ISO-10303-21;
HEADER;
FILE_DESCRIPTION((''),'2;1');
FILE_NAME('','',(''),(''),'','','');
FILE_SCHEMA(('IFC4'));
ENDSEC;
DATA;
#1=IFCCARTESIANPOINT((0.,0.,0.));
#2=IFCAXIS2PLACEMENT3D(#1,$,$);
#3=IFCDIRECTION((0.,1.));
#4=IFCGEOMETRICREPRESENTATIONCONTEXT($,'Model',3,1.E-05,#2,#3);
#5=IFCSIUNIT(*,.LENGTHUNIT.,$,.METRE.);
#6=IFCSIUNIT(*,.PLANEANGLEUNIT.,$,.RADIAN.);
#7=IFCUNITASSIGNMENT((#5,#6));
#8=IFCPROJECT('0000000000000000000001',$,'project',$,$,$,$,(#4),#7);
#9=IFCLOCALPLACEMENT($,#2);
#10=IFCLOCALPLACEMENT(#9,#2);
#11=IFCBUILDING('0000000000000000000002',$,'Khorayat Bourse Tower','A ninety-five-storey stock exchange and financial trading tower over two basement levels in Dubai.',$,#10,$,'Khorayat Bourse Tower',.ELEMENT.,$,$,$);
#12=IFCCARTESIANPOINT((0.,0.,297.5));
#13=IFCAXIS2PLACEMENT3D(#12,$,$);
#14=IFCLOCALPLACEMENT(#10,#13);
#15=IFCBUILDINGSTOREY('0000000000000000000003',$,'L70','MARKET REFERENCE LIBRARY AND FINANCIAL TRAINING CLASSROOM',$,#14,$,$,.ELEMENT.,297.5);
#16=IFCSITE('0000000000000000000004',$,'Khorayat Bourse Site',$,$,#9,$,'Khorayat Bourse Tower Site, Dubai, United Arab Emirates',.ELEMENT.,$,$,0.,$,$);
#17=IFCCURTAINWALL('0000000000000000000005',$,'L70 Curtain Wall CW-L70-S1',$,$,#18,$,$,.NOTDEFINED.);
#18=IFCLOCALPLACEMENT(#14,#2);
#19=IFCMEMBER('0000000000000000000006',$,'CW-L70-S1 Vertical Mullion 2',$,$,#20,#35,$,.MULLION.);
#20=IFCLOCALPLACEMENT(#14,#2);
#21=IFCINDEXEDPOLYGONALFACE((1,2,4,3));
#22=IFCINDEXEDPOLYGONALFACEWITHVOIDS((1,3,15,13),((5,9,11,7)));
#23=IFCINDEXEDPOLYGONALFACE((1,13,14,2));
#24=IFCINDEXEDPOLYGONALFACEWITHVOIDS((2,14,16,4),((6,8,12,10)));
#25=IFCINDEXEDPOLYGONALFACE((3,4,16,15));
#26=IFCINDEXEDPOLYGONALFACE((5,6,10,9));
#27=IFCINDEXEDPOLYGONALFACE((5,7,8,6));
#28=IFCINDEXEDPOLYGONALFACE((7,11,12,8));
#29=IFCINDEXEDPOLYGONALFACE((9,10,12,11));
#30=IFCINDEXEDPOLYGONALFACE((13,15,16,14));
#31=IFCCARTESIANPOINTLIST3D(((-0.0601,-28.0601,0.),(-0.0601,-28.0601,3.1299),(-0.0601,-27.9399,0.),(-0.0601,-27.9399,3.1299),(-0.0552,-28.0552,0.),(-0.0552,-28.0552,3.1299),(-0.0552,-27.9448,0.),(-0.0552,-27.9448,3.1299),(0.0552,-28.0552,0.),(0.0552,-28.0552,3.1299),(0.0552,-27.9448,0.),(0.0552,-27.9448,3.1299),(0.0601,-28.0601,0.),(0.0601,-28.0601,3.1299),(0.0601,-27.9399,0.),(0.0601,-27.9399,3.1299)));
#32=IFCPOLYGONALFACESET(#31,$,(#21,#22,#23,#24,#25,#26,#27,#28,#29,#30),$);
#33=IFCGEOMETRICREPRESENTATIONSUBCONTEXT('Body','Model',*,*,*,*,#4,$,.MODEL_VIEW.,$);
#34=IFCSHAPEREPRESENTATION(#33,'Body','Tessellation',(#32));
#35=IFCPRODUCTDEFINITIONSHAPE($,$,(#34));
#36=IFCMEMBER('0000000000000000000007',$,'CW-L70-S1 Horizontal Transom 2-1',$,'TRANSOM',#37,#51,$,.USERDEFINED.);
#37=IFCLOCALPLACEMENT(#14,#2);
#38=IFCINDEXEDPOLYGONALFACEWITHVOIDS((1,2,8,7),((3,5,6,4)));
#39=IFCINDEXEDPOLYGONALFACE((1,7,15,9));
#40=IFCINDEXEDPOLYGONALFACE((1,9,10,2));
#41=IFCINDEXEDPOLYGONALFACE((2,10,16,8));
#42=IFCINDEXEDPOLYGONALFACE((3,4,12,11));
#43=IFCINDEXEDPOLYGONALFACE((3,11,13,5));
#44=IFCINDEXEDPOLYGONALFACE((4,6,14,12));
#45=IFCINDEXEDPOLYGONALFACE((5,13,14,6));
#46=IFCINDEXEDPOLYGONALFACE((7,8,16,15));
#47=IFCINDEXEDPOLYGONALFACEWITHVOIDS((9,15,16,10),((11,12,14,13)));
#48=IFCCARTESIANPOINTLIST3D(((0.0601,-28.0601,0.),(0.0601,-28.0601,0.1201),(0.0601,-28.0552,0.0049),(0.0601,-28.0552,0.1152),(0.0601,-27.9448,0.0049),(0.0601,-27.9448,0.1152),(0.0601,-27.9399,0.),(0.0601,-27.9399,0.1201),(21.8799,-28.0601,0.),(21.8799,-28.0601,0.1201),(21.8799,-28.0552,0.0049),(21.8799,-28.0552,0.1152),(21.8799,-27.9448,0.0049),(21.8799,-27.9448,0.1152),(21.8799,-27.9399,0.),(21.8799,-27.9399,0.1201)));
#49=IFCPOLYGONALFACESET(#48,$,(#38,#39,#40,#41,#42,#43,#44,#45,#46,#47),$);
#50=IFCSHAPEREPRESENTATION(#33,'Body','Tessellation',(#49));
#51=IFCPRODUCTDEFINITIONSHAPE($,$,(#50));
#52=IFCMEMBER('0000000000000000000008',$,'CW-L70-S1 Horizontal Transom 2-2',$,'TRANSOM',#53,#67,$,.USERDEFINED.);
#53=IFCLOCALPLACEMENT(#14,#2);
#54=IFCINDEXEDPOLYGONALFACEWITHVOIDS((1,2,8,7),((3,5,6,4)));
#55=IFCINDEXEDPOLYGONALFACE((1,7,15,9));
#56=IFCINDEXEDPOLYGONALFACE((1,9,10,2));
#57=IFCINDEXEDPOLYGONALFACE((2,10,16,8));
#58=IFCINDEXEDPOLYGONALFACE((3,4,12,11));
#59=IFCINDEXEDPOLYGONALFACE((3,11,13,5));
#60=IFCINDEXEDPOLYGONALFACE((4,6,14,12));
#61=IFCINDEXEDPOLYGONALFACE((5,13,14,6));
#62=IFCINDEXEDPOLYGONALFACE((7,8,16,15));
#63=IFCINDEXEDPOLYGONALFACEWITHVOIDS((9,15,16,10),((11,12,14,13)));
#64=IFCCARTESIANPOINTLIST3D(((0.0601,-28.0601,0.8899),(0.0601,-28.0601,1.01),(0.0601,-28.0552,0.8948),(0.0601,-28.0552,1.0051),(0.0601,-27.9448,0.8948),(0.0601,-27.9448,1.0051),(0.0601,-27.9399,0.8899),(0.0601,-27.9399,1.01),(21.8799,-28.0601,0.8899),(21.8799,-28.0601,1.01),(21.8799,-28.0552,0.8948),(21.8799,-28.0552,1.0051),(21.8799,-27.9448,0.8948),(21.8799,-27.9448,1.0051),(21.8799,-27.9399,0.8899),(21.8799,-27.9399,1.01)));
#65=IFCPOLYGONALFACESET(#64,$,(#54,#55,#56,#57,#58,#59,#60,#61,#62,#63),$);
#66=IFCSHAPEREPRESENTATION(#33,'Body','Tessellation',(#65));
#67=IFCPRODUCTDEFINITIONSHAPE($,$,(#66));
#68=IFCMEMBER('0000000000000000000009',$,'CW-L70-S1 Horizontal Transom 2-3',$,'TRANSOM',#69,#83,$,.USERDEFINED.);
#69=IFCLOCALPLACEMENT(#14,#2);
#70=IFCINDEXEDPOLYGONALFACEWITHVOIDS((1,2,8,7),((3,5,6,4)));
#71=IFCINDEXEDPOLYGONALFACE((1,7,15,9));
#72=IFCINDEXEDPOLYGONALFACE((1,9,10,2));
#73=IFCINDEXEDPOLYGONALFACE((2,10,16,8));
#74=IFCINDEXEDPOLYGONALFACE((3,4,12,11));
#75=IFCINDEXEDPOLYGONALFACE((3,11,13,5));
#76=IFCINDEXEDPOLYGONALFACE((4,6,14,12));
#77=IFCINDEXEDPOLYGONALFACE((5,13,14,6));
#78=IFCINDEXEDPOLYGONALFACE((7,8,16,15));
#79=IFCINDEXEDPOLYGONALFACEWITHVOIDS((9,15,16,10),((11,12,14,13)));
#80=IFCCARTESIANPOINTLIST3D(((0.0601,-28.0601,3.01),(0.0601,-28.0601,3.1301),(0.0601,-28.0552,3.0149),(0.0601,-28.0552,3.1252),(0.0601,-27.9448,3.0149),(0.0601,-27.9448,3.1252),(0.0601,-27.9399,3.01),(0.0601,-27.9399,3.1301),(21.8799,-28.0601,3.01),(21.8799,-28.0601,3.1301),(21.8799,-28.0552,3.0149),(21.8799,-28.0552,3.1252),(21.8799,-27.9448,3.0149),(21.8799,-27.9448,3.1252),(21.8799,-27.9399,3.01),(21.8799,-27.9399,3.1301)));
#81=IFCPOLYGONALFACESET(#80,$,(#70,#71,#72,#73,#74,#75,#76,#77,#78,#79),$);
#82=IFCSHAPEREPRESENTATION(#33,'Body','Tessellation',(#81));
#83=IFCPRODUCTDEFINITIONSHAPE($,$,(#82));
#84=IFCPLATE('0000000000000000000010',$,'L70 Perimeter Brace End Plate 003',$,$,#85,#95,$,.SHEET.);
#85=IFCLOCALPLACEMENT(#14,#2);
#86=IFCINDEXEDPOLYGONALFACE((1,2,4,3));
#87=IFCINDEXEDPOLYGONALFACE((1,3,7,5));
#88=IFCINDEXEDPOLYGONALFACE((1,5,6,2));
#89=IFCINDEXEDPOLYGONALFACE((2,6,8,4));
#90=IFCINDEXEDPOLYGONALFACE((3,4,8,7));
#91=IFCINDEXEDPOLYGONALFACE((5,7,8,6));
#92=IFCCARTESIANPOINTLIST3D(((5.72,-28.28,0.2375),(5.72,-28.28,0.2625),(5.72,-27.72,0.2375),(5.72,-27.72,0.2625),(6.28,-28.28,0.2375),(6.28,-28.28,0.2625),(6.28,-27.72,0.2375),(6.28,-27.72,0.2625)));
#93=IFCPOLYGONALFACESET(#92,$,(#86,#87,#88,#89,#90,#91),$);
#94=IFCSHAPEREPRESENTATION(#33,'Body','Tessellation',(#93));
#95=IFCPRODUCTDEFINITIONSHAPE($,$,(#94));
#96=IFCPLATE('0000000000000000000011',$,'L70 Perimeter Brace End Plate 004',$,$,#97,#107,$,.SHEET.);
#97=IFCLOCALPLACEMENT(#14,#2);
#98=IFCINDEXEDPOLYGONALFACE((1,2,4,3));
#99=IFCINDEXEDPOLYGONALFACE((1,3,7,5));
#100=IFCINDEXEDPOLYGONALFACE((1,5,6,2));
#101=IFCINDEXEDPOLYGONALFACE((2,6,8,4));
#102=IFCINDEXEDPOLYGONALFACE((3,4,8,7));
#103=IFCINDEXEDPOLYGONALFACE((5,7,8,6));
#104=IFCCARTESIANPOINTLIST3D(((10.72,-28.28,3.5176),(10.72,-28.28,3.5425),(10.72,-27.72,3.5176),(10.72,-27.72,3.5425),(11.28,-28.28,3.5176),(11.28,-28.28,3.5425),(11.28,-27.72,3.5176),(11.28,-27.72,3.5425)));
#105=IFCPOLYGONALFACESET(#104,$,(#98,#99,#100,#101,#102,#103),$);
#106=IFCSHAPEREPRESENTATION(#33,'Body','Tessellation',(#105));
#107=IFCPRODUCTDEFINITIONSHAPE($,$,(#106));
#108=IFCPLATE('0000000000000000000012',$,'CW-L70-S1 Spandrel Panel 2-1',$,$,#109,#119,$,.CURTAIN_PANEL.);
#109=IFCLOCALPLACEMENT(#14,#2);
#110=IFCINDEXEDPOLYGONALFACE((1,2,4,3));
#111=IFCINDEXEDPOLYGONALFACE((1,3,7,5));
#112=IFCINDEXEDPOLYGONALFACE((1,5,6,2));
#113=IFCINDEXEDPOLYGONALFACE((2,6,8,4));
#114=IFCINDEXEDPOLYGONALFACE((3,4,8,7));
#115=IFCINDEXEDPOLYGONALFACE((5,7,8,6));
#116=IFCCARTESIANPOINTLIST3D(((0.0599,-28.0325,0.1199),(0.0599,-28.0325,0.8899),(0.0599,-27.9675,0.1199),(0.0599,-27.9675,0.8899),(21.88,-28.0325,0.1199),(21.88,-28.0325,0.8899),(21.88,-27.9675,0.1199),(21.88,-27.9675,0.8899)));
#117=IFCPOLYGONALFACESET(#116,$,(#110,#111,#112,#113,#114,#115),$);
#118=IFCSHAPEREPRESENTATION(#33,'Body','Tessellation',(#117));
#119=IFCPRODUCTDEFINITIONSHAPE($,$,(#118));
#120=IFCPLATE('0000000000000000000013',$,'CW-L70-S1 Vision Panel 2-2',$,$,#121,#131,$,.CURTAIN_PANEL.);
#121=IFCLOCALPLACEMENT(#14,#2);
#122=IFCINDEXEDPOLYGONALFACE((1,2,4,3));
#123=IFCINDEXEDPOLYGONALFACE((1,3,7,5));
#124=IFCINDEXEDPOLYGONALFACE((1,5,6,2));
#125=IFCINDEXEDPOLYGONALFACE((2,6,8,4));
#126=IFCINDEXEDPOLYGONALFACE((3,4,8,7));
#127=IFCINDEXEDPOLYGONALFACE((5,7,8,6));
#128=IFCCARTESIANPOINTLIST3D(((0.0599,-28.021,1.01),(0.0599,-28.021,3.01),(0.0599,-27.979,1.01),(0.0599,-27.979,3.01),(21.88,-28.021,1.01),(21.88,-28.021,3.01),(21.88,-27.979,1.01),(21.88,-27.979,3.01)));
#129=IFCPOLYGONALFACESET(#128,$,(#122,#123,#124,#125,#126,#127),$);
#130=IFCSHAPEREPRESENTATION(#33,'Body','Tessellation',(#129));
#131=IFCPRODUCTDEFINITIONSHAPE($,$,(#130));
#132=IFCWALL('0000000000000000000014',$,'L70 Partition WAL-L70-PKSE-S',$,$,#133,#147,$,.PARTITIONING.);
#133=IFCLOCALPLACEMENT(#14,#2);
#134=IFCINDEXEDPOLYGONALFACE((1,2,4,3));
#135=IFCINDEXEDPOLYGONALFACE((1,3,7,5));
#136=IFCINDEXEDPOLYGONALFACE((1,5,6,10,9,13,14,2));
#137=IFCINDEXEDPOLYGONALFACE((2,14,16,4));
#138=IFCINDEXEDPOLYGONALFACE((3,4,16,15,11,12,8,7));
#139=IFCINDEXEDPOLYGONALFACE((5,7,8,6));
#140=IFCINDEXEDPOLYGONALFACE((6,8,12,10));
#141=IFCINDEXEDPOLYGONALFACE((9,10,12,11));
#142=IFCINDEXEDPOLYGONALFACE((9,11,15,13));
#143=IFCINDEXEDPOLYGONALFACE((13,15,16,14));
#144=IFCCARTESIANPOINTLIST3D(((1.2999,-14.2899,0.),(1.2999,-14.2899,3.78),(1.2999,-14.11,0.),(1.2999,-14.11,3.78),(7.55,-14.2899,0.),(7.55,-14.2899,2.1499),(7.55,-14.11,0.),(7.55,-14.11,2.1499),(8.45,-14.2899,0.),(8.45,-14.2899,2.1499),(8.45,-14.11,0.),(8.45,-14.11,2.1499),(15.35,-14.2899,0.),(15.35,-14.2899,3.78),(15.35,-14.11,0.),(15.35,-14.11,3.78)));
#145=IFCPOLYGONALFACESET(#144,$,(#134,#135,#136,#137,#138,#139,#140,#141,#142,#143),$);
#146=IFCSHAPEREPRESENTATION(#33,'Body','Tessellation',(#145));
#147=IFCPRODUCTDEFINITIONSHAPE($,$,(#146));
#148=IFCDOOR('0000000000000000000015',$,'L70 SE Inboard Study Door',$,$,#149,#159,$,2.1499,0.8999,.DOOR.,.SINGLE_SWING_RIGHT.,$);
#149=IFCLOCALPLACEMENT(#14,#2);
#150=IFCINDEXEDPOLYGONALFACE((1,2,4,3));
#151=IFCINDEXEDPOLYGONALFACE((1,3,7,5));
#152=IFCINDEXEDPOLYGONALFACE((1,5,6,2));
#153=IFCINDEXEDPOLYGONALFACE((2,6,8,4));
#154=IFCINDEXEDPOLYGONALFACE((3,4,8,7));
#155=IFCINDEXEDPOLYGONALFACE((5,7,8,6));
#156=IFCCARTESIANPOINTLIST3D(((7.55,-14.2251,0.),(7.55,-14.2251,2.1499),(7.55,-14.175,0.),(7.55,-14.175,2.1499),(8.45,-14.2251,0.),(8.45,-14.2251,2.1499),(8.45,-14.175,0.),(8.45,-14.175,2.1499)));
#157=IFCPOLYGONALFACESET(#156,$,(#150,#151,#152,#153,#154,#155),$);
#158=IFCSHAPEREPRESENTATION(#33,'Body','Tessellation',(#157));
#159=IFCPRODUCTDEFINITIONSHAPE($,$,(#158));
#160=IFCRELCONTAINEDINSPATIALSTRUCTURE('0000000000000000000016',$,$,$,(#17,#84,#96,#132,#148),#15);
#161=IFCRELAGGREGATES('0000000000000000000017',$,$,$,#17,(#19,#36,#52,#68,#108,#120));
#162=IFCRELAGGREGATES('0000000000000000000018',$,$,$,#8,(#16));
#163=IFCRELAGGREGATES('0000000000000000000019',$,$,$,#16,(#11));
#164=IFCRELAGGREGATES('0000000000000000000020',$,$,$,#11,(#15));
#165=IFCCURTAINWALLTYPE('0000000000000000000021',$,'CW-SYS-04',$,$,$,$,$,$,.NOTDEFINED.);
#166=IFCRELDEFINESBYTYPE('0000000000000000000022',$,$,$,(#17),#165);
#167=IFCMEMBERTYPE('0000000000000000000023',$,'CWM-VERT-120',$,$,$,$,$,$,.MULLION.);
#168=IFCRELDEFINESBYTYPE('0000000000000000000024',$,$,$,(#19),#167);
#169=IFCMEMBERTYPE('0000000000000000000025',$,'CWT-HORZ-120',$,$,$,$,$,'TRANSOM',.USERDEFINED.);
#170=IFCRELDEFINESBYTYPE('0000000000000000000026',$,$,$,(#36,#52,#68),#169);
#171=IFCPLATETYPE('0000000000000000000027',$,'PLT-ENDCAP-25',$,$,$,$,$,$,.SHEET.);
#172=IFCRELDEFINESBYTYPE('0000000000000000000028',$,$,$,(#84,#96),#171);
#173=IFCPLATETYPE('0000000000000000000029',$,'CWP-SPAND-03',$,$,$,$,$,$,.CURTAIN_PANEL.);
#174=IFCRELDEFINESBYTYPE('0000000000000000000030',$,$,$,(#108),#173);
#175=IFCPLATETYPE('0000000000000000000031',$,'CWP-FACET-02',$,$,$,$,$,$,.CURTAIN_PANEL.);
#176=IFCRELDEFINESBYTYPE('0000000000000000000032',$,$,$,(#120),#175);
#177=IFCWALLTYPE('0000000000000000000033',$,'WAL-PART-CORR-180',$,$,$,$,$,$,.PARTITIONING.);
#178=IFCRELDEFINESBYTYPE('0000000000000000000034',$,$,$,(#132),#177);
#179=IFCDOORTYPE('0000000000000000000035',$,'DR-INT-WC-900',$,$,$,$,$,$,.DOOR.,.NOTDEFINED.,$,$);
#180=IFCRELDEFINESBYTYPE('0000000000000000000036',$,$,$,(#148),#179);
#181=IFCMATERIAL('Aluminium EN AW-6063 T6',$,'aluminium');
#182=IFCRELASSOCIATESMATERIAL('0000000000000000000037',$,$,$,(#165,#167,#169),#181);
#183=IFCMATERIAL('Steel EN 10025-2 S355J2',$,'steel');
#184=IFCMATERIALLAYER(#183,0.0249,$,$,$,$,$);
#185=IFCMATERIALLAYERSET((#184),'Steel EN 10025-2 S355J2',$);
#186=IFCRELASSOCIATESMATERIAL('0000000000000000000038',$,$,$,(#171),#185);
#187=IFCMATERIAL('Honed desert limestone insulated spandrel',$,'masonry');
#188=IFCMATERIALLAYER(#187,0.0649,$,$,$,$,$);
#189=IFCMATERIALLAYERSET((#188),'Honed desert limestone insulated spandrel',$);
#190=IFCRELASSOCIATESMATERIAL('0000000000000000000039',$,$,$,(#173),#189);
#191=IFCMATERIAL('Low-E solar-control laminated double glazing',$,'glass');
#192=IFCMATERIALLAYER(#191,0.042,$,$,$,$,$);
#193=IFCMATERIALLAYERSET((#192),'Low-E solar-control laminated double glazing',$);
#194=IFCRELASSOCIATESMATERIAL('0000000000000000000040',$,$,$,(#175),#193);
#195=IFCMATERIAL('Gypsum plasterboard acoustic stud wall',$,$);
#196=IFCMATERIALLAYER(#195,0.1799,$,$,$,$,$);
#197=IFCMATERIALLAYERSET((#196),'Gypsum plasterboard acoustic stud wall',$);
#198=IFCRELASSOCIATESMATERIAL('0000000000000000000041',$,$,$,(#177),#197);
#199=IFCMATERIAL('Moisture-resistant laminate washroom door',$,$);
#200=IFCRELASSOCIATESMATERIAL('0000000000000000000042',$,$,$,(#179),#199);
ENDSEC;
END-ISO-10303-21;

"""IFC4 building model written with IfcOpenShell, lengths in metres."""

from ifc_helpers import new_model, si_unit, direction, frame, frame_2d, origin, origin_2d, place, context, subcontext, project, spatial, rectangle, hollow_rectangle, extrude, source, transform, mapped, material, layer, layer_set, material_profile, profile_set, type_object, element, fill, aggregate, save


model = new_model("IFC4")

# Units and contexts
model_context = context("Model", 3, precision=1e-05, world=origin(), true_north=direction((0.0, 1.0)))
body_context = subcontext(model_context, "Body", "Model", "MODEL_VIEW")
ifc_project = project(units=[si_unit("LENGTHUNIT", "METRE"), si_unit("PLANEANGLEUNIT", "RADIAN")], contexts=[model_context])

# Site, building, storey
site_placement = place(None, origin())
site = spatial("IfcSite", under=ifc_project, at=site_placement, Name="Khorayat Bourse Site", LongName="Khorayat Bourse Tower Site, Dubai, United Arab Emirates", CompositionType="ELEMENT", RefElevation=0.0)
building_placement = place(site_placement, origin())
building = spatial("IfcBuilding", under=site, at=building_placement, Name="Khorayat Bourse Tower", Description="A ninety-five-storey stock exchange and financial trading tower over two basement levels in Dubai.", LongName="Khorayat Bourse Tower", CompositionType="ELEMENT")
storey_placement = place(building_placement, frame((0.0, 0.0, 297.5)))
storey = spatial("IfcBuildingStorey", under=building, at=storey_placement, Name="L70", Description="MARKET REFERENCE LIBRARY AND FINANCIAL TRAINING CLASSROOM", CompositionType="ELEMENT", Elevation=297.5)

# Curtain wall, members
ifc_material_1 = material(Name="Aluminium EN AW-6063 T6", Category="aluminium")
curtain_wall_type = type_object("IfcCurtainWallType", Name="CW-SYS-04", PredefinedType="NOTDEFINED", material=ifc_material_1)
curtain_wall_placement = place(storey_placement, origin())
curtain_wall = element("IfcCurtainWall", 1, at=curtain_wall_placement, inside=storey, type_object=curtain_wall_type, Name="L70 Curtain Wall CW-L70-S1", PredefinedType="NOTDEFINED")
ifc_material_profile_1 = material_profile(ifc_material_1, hollow_rectangle(XDim=0.1201, YDim=0.1201, WallThickness=0.0049, at=origin_2d()), Name="ALU 120x120x5")
ifc_profile_set_1 = profile_set([ifc_material_profile_1], Name="Aluminium EN AW-6063 T6")
member_type_1 = type_object("IfcMemberType", Name="CWM-VERT-120", PredefinedType="MULLION", material=ifc_profile_set_1)
shared_shape_1 = source(origin(), body_context, "Body", "SweptSolid", [
    extrude(hollow_rectangle(XDim=0.1201, YDim=0.1201, WallThickness=0.0049, at=origin_2d()), origin(), (0.0, 0.0, 1.0), 3.1299),
])
member_1_placement = place(storey_placement, frame((0.0, -28.0, 0.0), z_axis=(0.0, 0.0, 1.0), x_axis=(0.0, 1.0, 0.0)))
member_1 = element("IfcMember", 2, at=member_1_placement, type_object=member_type_1, Name="CW-L70-S1 Vertical Mullion 2", PredefinedType="MULLION", context=body_context, shape_type="MappedRepresentation", body=[
    mapped(shared_shape_1, transform((0.0, 0.0, 0.0), scale=1.0)),
])
ifc_material_profile_2 = material_profile(ifc_material_1, hollow_rectangle(XDim=0.1201, YDim=0.1201, WallThickness=0.0049, at=origin_2d()), Name="ALU 120x120x5")
ifc_profile_set_2 = profile_set([ifc_material_profile_2], Name="Aluminium EN AW-6063 T6")
member_type_2 = type_object("IfcMemberType", Name="CWT-HORZ-120", ElementType="TRANSOM", PredefinedType="USERDEFINED", material=ifc_profile_set_2)
shared_shape_2 = source(origin(), body_context, "Body", "SweptSolid", [
    extrude(hollow_rectangle(XDim=0.1201, YDim=0.1201, WallThickness=0.0049, at=origin_2d()), origin(), (0.0, 0.0, 1.0), 21.8198),
])
member_2_placement = place(storey_placement, frame((0.0601, -28.0, 0.0601), z_axis=(1.0, 0.0, 0.0), x_axis=(0.0, 1.0, 0.0)))
member_2 = element("IfcMember", 3, at=member_2_placement, type_object=member_type_2, Name="CW-L70-S1 Horizontal Transom 2-1", ObjectType="TRANSOM", PredefinedType="USERDEFINED", context=body_context, shape_type="MappedRepresentation", body=[
    mapped(shared_shape_2, transform((0.0, 0.0, 0.0), scale=1.0)),
])
member_3_placement = place(storey_placement, frame((0.0601, -28.0, 0.95), z_axis=(1.0, 0.0, 0.0), x_axis=(0.0, 1.0, 0.0)))
member_3 = element("IfcMember", 4, at=member_3_placement, type_object=member_type_2, Name="CW-L70-S1 Horizontal Transom 2-2", ObjectType="TRANSOM", PredefinedType="USERDEFINED", context=body_context, shape_type="MappedRepresentation", body=[
    mapped(shared_shape_2, transform((0.0, 0.0, 0.0), scale=1.0)),
])
member_4_placement = place(storey_placement, frame((0.0601, -28.0, 3.0701), z_axis=(1.0, 0.0, 0.0), x_axis=(0.0, 1.0, 0.0)))
member_4 = element("IfcMember", 5, at=member_4_placement, type_object=member_type_2, Name="CW-L70-S1 Horizontal Transom 2-3", ObjectType="TRANSOM", PredefinedType="USERDEFINED", context=body_context, shape_type="MappedRepresentation", body=[
    mapped(shared_shape_2, transform((0.0, 0.0, 0.0), scale=1.0)),
])

# Plates
ifc_material_2 = material(Name="Steel EN 10025-2 S355J2", Category="steel")
ifc_layer_1 = layer(ifc_material_2, 0.0249)
ifc_layer_set_1 = layer_set([ifc_layer_1], Name="Steel EN 10025-2 S355J2")
plate_type_1 = type_object("IfcPlateType", Name="PLT-ENDCAP-25", PredefinedType="SHEET", material=ifc_layer_set_1)
shared_shape_3 = source(origin(), body_context, "Body", "SweptSolid", [
    extrude(rectangle(XDim=0.5601, YDim=0.5601, at=origin_2d()), origin(), (0.0, 0.0, 1.0), 0.0249),
])
for number, where, z_axis, x_axis, name in (
    (6, (6.0, -28.0, 0.2375), (0.0, 0.0, 1.0), (1.0, 0.0, 0.0), "L70 Perimeter Brace End Plate 003"),
    (7, (11.0, -28.0, 3.5176), (0.0, 0.0, 1.0), (1.0, 0.0, 0.0), "L70 Perimeter Brace End Plate 004"),
):
    element("IfcPlate", number, at=place(storey_placement, frame(where, z_axis=z_axis, x_axis=x_axis)), inside=storey, type_object=plate_type_1, Name=name, PredefinedType="SHEET", context=body_context, shape_type="MappedRepresentation", body=[
        mapped(shared_shape_3, transform((0.0, 0.0, 0.0), scale=1.0)),
    ])

# Plates
ifc_material_3 = material(Name="Honed desert limestone insulated spandrel", Category="masonry")
ifc_layer_2 = layer(ifc_material_3, 0.0649)
ifc_layer_set_2 = layer_set([ifc_layer_2], Name="Honed desert limestone insulated spandrel")
plate_type_2 = type_object("IfcPlateType", Name="CWP-SPAND-03", PredefinedType="CURTAIN_PANEL", material=ifc_layer_set_2)
shared_shape_4 = source(origin(), body_context, "Body", "SweptSolid", [
    extrude(rectangle(XDim=21.8201, YDim=0.0649, at=origin_2d()), origin(), (0.0, 0.0, 1.0), 0.77),
])
plate_1_placement = place(storey_placement, frame((10.97, -28.0, 0.1199), z_axis=(0.0, 0.0, 1.0), x_axis=(1.0, 0.0, 0.0)))
plate_1 = element("IfcPlate", 8, at=plate_1_placement, type_object=plate_type_2, Name="CW-L70-S1 Spandrel Panel 2-1", PredefinedType="CURTAIN_PANEL", context=body_context, shape_type="MappedRepresentation", body=[
    mapped(shared_shape_4, transform((0.0, 0.0, 0.0), scale=1.0)),
])
ifc_material_4 = material(Name="Low-E solar-control laminated double glazing", Category="glass")
ifc_layer_3 = layer(ifc_material_4, 0.042)
ifc_layer_set_3 = layer_set([ifc_layer_3], Name="Low-E solar-control laminated double glazing")
plate_type_3 = type_object("IfcPlateType", Name="CWP-FACET-02", PredefinedType="CURTAIN_PANEL", material=ifc_layer_set_3)
shared_shape_5 = source(origin(), body_context, "Body", "SweptSolid", [
    extrude(rectangle(XDim=21.8201, YDim=0.042, at=origin_2d()), origin(), (0.0, 0.0, 1.0), 2.0),
])
plate_2_placement = place(storey_placement, frame((10.97, -28.0, 1.01), z_axis=(0.0, 0.0, 1.0), x_axis=(1.0, 0.0, 0.0)))
plate_2 = element("IfcPlate", 9, at=plate_2_placement, type_object=plate_type_3, Name="CW-L70-S1 Vision Panel 2-2", PredefinedType="CURTAIN_PANEL", context=body_context, shape_type="MappedRepresentation", body=[
    mapped(shared_shape_5, transform((0.0, 0.0, 0.0), scale=1.0)),
])
aggregate(curtain_wall, [member_1, member_2, member_3, member_4, plate_1, plate_2])

# Wall, opening, door
ifc_material_5 = material(Name="Gypsum plasterboard acoustic stud wall")
ifc_layer_4 = layer(ifc_material_5, 0.1799)
ifc_layer_set_4 = layer_set([ifc_layer_4], Name="Gypsum plasterboard acoustic stud wall")
wall_type_1 = type_object("IfcWallType", Name="WAL-PART-CORR-180", PredefinedType="PARTITIONING", material=ifc_layer_set_4)
shared_shape_6 = source(origin(), body_context, "Body", "SweptSolid", [
    extrude(rectangle(XDim=14.05, YDim=0.1799, at=frame_2d((7.0249, 0.0))), origin(), (0.0, 0.0, 1.0), 3.78),
])
wall_1_placement = place(storey_placement, frame((1.3, -14.2, 0.0), z_axis=(0.0, 0.0, 1.0), x_axis=(1.0, 0.0, 0.0)))
wall_1 = element("IfcWall", 10, at=wall_1_placement, inside=storey, type_object=wall_type_1, Name="L70 Partition WAL-L70-PKSE-S", PredefinedType="PARTITIONING", context=body_context, shape_type="MappedRepresentation", body=[
    mapped(shared_shape_6, transform((0.0, 0.0, 0.0), scale=1.0)),
])
shared_shape_7 = source(origin(), body_context, "Body", "SweptSolid", [
    extrude(rectangle(XDim=0.8999, YDim=2.1499, at=frame_2d((0.45, 1.075))), frame((0.0, 0.0999, 0.0), z_axis=(0.0, -1.0, 0.0), x_axis=(1.0, 0.0, 0.0)), (0.0, 0.0, 1.0), 0.2),
])
opening_1_placement = place(wall_1_placement, frame((6.25, 0.0, 0.0)))
opening_1 = element("IfcOpeningElement", 11, at=opening_1_placement, cuts=wall_1, PredefinedType="OPENING", context=body_context, shape_type="MappedRepresentation", body=[
    mapped(shared_shape_7, transform((0.0, 0.0, 0.0), scale=1.0)),
])
ifc_material_6 = material(Name="Moisture-resistant laminate washroom door")
door_type_1 = type_object("IfcDoorType", Name="DR-INT-WC-900", OperationType="NOTDEFINED", PredefinedType="DOOR", material=ifc_material_6)
shared_shape_8 = source(origin(), body_context, "Body", "SweptSolid", [
    extrude(rectangle(XDim=0.8999, YDim=2.1499, at=frame_2d((0.45, 1.075))), frame((0.0, 0.0249, 0.0), z_axis=(0.0, -1.0, 0.0), x_axis=(1.0, 0.0, 0.0)), (0.0, 0.0, 1.0), 0.05),
])
door_1_placement = place(opening_1_placement, origin())
door_1 = element("IfcDoor", 12, at=door_1_placement, inside=storey, type_object=door_type_1, Name="L70 SE Inboard Study Door", OperationType="SINGLE_SWING_RIGHT", OverallHeight=2.1499, OverallWidth=0.8999, PredefinedType="DOOR", context=body_context, shape_type="MappedRepresentation", body=[
    mapped(shared_shape_8, transform((0.0, 0.0, 0.0), scale=1.0)),
])
fill(opening_1, door_1)

save(model, "model.ifc")
